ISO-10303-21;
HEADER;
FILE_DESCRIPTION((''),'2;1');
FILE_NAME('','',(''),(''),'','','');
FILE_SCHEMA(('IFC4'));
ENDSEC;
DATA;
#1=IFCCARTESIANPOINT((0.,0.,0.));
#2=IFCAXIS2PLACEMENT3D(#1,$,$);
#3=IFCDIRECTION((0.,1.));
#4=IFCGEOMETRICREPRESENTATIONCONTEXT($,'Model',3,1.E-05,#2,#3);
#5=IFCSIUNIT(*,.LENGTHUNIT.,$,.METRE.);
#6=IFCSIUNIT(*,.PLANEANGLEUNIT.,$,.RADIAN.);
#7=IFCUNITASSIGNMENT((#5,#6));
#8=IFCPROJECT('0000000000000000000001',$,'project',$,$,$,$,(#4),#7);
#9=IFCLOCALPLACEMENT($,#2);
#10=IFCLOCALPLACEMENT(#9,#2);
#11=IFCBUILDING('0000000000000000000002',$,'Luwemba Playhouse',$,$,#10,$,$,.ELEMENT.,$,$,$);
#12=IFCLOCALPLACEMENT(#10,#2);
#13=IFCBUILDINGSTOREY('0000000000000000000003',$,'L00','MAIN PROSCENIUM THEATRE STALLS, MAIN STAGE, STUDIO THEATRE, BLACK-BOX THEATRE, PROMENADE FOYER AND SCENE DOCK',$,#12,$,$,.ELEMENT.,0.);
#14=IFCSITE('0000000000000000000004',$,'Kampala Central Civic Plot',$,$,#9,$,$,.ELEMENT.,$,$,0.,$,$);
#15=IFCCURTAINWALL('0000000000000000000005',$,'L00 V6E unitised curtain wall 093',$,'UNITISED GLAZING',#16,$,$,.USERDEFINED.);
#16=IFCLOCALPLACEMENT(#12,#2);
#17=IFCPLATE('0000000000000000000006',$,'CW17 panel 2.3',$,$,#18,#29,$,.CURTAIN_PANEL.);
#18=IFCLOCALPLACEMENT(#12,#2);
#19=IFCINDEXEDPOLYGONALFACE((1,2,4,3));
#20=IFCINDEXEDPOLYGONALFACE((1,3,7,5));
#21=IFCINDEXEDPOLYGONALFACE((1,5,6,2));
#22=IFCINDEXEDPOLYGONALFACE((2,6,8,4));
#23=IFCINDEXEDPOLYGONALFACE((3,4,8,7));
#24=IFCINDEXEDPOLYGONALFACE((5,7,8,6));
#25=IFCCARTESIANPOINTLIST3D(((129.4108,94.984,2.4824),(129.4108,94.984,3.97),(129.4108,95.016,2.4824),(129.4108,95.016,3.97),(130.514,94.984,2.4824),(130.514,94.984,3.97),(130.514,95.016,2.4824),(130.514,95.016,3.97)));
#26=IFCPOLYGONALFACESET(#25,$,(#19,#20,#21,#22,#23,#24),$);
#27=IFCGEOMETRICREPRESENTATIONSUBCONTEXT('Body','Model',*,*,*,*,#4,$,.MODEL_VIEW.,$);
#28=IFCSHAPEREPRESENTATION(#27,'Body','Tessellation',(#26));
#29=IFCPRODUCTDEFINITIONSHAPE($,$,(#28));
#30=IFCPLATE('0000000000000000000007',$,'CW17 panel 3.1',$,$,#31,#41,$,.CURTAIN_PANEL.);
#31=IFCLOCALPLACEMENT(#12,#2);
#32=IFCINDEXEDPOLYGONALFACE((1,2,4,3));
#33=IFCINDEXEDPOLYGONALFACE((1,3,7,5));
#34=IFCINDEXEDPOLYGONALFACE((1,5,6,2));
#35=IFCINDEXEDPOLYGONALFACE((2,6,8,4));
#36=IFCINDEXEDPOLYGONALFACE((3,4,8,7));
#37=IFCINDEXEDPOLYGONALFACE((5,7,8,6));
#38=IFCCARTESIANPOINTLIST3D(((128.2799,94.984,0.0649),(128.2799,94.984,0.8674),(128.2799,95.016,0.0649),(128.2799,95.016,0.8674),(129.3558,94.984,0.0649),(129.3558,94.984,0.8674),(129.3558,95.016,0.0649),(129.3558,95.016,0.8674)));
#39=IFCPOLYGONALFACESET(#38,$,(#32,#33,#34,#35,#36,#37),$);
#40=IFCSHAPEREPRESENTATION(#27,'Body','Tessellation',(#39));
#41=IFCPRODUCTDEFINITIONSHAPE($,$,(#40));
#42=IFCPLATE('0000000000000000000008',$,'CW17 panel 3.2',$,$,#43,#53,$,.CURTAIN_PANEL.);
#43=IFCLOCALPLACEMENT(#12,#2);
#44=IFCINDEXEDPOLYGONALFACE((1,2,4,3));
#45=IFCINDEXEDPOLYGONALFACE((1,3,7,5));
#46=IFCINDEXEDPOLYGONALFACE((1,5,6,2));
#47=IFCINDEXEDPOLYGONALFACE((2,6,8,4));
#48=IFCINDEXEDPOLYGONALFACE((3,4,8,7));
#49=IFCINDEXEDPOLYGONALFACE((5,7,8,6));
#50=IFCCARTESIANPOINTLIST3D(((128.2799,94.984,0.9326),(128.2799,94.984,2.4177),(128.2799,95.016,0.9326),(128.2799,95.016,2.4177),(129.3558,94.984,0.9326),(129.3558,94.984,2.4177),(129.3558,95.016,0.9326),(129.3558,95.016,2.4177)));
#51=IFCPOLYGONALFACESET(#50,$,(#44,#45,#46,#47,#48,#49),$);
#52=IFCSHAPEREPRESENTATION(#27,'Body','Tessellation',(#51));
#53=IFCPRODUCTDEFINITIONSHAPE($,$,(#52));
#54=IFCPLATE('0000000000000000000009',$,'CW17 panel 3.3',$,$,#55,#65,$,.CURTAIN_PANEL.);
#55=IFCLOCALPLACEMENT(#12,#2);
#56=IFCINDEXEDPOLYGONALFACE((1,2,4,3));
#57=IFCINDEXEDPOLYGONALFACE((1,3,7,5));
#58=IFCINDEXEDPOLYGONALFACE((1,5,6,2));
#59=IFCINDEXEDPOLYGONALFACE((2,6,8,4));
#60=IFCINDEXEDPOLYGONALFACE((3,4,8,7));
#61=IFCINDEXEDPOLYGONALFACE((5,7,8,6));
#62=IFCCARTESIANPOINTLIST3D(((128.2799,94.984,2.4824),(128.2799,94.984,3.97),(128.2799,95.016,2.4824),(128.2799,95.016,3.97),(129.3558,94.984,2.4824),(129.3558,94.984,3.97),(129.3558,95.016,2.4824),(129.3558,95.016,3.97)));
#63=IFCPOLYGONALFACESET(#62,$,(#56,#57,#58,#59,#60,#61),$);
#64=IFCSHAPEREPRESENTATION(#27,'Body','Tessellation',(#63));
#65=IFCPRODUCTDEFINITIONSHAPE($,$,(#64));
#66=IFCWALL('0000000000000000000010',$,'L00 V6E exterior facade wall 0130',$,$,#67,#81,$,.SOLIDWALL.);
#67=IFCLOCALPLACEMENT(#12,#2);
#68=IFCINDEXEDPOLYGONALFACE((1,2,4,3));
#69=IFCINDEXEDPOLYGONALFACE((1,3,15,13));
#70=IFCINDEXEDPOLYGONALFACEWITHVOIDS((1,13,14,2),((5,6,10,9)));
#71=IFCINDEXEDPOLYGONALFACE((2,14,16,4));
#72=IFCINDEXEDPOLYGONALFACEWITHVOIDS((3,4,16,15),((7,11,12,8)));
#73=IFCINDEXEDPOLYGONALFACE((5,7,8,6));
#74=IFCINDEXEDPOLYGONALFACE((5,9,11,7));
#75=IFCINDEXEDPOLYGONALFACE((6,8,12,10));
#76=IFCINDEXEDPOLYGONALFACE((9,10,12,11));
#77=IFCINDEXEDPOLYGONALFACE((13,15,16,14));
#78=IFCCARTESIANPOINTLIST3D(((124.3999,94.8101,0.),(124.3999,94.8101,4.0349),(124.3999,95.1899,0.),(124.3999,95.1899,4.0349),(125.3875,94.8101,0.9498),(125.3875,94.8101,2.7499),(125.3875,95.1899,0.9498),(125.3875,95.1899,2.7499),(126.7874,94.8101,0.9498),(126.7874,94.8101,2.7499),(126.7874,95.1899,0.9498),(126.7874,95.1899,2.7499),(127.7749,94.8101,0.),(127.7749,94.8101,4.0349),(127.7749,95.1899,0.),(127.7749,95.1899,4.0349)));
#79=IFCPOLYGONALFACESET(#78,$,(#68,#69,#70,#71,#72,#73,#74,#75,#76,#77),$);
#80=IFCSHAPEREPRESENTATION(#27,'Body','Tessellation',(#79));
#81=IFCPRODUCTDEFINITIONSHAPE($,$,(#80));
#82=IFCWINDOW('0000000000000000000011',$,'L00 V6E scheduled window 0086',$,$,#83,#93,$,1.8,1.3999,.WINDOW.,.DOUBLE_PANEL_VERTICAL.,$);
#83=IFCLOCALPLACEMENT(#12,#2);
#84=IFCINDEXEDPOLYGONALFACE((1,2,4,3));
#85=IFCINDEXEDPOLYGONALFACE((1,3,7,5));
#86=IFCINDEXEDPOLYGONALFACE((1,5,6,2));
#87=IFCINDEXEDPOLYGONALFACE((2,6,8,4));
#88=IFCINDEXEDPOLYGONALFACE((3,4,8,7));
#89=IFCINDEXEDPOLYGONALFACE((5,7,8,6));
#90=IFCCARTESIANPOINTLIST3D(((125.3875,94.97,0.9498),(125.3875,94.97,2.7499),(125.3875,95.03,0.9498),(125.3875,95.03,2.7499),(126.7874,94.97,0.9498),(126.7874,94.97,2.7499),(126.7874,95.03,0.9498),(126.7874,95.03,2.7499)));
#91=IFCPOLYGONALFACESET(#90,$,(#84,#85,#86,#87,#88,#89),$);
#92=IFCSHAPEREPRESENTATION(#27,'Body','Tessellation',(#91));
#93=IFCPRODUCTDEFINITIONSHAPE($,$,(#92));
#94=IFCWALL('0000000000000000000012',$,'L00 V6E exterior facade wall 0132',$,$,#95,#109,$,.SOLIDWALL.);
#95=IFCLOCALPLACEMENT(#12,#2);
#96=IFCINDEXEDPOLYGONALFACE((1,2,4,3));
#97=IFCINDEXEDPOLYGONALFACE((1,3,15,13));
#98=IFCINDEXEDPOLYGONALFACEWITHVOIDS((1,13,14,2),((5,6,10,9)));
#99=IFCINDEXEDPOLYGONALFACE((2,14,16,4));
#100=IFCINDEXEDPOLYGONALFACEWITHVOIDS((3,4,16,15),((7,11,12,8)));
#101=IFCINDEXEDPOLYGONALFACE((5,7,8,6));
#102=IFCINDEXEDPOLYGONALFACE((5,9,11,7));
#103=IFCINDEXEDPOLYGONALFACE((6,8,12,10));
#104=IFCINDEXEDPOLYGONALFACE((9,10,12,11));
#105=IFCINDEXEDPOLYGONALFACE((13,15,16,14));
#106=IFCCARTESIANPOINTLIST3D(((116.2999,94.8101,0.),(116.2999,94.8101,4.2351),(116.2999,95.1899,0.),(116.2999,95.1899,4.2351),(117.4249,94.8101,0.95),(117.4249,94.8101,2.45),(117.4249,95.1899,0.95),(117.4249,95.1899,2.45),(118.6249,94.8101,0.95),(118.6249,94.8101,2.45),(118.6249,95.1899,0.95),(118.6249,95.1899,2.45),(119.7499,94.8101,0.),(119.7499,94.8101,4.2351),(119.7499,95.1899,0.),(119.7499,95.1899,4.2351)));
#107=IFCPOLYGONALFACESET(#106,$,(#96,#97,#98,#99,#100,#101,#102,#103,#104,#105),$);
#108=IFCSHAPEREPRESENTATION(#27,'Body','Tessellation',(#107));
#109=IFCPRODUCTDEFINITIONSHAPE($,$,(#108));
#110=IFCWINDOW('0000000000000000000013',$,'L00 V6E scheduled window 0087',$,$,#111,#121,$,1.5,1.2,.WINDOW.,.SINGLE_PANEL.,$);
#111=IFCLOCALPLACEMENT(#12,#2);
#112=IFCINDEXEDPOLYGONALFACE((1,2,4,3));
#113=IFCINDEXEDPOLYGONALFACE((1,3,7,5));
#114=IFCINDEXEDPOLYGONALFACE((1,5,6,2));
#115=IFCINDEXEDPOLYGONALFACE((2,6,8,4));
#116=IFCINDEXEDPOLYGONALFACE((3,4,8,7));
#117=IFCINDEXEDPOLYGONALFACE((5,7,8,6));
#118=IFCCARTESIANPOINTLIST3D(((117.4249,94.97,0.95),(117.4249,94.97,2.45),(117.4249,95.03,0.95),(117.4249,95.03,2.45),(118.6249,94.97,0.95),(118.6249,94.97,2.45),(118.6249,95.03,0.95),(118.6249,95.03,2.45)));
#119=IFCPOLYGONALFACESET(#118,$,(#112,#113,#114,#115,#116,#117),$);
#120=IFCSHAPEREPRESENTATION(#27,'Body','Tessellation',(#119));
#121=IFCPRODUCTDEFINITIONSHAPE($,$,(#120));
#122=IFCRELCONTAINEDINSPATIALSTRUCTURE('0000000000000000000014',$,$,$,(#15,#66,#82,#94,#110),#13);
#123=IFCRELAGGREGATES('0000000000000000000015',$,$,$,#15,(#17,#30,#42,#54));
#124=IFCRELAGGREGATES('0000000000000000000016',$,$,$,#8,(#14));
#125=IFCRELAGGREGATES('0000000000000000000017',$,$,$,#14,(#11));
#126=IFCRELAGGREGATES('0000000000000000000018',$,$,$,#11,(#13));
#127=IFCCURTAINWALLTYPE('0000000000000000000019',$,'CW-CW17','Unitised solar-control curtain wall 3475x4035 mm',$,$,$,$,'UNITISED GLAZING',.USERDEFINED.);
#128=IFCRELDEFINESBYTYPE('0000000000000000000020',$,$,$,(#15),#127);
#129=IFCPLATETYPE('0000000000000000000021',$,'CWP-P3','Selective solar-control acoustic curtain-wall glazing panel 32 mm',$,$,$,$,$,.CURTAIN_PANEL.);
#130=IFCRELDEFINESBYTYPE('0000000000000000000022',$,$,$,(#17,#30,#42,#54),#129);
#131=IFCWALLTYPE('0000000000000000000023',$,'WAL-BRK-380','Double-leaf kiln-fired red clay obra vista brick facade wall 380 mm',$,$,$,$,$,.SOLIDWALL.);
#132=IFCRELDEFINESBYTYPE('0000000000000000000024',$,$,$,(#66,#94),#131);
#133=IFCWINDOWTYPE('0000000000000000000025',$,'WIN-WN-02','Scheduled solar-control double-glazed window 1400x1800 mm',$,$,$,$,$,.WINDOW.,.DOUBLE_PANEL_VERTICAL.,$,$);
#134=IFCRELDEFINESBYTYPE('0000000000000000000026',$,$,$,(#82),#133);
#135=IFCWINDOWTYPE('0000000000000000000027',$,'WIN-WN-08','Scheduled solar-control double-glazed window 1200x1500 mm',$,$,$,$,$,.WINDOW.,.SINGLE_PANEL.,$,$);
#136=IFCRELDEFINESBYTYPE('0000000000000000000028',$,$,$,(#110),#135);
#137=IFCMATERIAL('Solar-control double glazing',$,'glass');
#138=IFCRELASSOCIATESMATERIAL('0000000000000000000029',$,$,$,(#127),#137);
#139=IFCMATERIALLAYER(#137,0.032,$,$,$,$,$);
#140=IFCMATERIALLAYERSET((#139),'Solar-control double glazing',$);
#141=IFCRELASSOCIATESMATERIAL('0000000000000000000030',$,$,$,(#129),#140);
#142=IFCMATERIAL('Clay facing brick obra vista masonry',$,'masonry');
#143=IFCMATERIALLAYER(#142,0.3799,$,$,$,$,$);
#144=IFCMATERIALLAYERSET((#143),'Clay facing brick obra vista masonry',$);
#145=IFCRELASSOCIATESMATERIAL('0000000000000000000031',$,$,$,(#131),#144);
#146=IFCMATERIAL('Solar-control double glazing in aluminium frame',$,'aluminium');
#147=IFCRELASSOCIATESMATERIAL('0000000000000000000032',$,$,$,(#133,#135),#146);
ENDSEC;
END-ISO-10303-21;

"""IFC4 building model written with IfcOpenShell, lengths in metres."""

from ifc_helpers import new_model, si_unit, direction, frame, frame_2d, origin, origin_2d, place, context, subcontext, project, spatial, rectangle, extrude, material, layer, layer_set, type_object, element, fill, aggregate, save


model = new_model("IFC4")

# Units and contexts
model_context = context("Model", 3, precision=1e-05, world=origin(), true_north=direction((0.0, 1.0)))
body_context = subcontext(model_context, "Body", "Model", "MODEL_VIEW")
ifc_project = project(units=[si_unit("LENGTHUNIT", "METRE"), si_unit("PLANEANGLEUNIT", "RADIAN")], contexts=[model_context])

# Site, building, storey
site_placement = place(None, origin())
site = spatial("IfcSite", under=ifc_project, at=site_placement, Name="Kampala Central Civic Plot", CompositionType="ELEMENT", RefElevation=0.0)
building_placement = place(site_placement, origin())
building = spatial("IfcBuilding", under=site, at=building_placement, Name="Luwemba Playhouse", CompositionType="ELEMENT")
storey_placement = place(building_placement, origin())
storey = spatial("IfcBuildingStorey", under=building, at=storey_placement, Name="L00", Description="MAIN PROSCENIUM THEATRE STALLS, MAIN STAGE, STUDIO THEATRE, BLACK-BOX THEATRE, PROMENADE FOYER AND SCENE DOCK", CompositionType="ELEMENT", Elevation=0.0)

# Curtain wall, plates
ifc_material_1 = material(Name="Solar-control double glazing", Category="glass")
curtain_wall_type = type_object("IfcCurtainWallType", Name="CW-CW17", Description="Unitised solar-control curtain wall 3475x4035 mm", ElementType="UNITISED GLAZING", PredefinedType="USERDEFINED", material=ifc_material_1)
curtain_wall_placement = place(storey_placement, origin())
curtain_wall = element("IfcCurtainWall", 1, at=curtain_wall_placement, inside=storey, type_object=curtain_wall_type, Name="L00 V6E unitised curtain wall 093", ObjectType="UNITISED GLAZING", PredefinedType="USERDEFINED")
ifc_layer_1 = layer(ifc_material_1, 0.032)
ifc_layer_set_1 = layer_set([ifc_layer_1], Name="Solar-control double glazing")
plate_type = type_object("IfcPlateType", Name="CWP-P3", Description="Selective solar-control acoustic curtain-wall glazing panel 32 mm", PredefinedType="CURTAIN_PANEL", material=ifc_layer_set_1)
plate_1_placement = place(storey_placement, frame((129.9624, 95.0, 2.4824), z_axis=(0.0, 0.0, 1.0), x_axis=(-1.0, 0.0, 0.0)))
plate_1 = element("IfcPlate", 2, at=plate_1_placement, type_object=plate_type, Name="CW17 panel 2.3", PredefinedType="CURTAIN_PANEL", context=body_context, shape_type="SweptSolid", body=[
    extrude(rectangle(XDim=1.1033, YDim=0.032, at=origin_2d()), origin(), (0.0, 0.0, 1.0), 1.4875),
])
plate_2_placement = place(storey_placement, frame((128.8179, 95.0, 0.0649), z_axis=(0.0, 0.0, 1.0), x_axis=(-1.0, 0.0, 0.0)))
plate_2 = element("IfcPlate", 3, at=plate_2_placement, type_object=plate_type, Name="CW17 panel 3.1", PredefinedType="CURTAIN_PANEL", context=body_context, shape_type="SweptSolid", body=[
    extrude(rectangle(XDim=1.0759, YDim=0.032, at=origin_2d()), origin(), (0.0, 0.0, 1.0), 0.8025),
])
plate_3_placement = place(storey_placement, frame((128.8179, 95.0, 0.9326), z_axis=(0.0, 0.0, 1.0), x_axis=(-1.0, 0.0, 0.0)))
plate_3 = element("IfcPlate", 4, at=plate_3_placement, type_object=plate_type, Name="CW17 panel 3.2", PredefinedType="CURTAIN_PANEL", context=body_context, shape_type="SweptSolid", body=[
    extrude(rectangle(XDim=1.0759, YDim=0.032, at=origin_2d()), origin(), (0.0, 0.0, 1.0), 1.4851),
])
plate_4_placement = place(storey_placement, frame((128.8179, 95.0, 2.4824), z_axis=(0.0, 0.0, 1.0), x_axis=(-1.0, 0.0, 0.0)))
plate_4 = element("IfcPlate", 5, at=plate_4_placement, type_object=plate_type, Name="CW17 panel 3.3", PredefinedType="CURTAIN_PANEL", context=body_context, shape_type="SweptSolid", body=[
    extrude(rectangle(XDim=1.0759, YDim=0.032, at=origin_2d()), origin(), (0.0, 0.0, 1.0), 1.4875),
])
aggregate(curtain_wall, [plate_1, plate_2, plate_3, plate_4])

# Wall, opening, window
ifc_material_2 = material(Name="Clay facing brick obra vista masonry", Category="masonry")
ifc_layer_2 = layer(ifc_material_2, 0.3799)
ifc_layer_set_2 = layer_set([ifc_layer_2], Name="Clay facing brick obra vista masonry")
wall_type = type_object("IfcWallType", Name="WAL-BRK-380", Description="Double-leaf kiln-fired red clay obra vista brick facade wall 380 mm", PredefinedType="SOLIDWALL", material=ifc_layer_set_2)
wall_1_placement = place(storey_placement, frame((127.7749, 95.0, 0.0), z_axis=(0.0, 0.0, 1.0), x_axis=(-1.0, 0.0, 0.0)))
wall_1 = element("IfcWall", 6, at=wall_1_placement, inside=storey, type_object=wall_type, Name="L00 V6E exterior facade wall 0130", PredefinedType="SOLIDWALL", context=body_context, shape_type="SweptSolid", body=[
    extrude(rectangle(XDim=3.375, YDim=0.3799, at=frame_2d((1.6875, 0.0))), origin(), (0.0, 0.0, 1.0), 4.0349),
])
opening_1_placement = place(wall_1_placement, frame((0.9875, 0.0, 0.95)))
opening_1 = element("IfcOpeningElement", 7, at=opening_1_placement, cuts=wall_1, PredefinedType="OPENING", context=body_context, shape_type="SweptSolid", body=[
    extrude(rectangle(XDim=1.3999, YDim=1.8, at=frame_2d((0.7, 0.8999))), frame((0.0, 0.2, 0.0), z_axis=(0.0, -1.0, 0.0), x_axis=(1.0, 0.0, 0.0)), (0.0, 0.0, 1.0), 0.3999),
])
ifc_material_3 = material(Name="Solar-control double glazing in aluminium frame", Category="aluminium")
window_type_1 = type_object("IfcWindowType", Name="WIN-WN-02", Description="Scheduled solar-control double-glazed window 1400x1800 mm", PartitioningType="DOUBLE_PANEL_VERTICAL", PredefinedType="WINDOW", material=ifc_material_3)
window_1_placement = place(opening_1_placement, origin())
window_1 = element("IfcWindow", 8, at=window_1_placement, inside=storey, type_object=window_type_1, Name="L00 V6E scheduled window 0086", OverallHeight=1.8, OverallWidth=1.3999, PartitioningType="DOUBLE_PANEL_VERTICAL", PredefinedType="WINDOW", context=body_context, shape_type="SweptSolid", body=[
    extrude(rectangle(XDim=1.3999, YDim=1.8, at=frame_2d((0.7, 0.8999))), frame((0.0, 0.03, 0.0), z_axis=(0.0, -1.0, 0.0), x_axis=(1.0, 0.0, 0.0)), (0.0, 0.0, 1.0), 0.0601),
])
fill(opening_1, window_1)

# Wall, opening, window
wall_2_placement = place(storey_placement, frame((119.75, 95.0, 0.0), z_axis=(0.0, 0.0, 1.0), x_axis=(-1.0, 0.0, 0.0)))
wall_2 = element("IfcWall", 9, at=wall_2_placement, inside=storey, type_object=wall_type, Name="L00 V6E exterior facade wall 0132", PredefinedType="SOLIDWALL", context=body_context, shape_type="SweptSolid", body=[
    extrude(rectangle(XDim=3.45, YDim=0.3799, at=frame_2d((1.7251, 0.0))), origin(), (0.0, 0.0, 1.0), 4.2351),
])
opening_2_placement = place(wall_2_placement, frame((1.125, 0.0, 0.95)))
opening_2 = element("IfcOpeningElement", 10, at=opening_2_placement, cuts=wall_2, PredefinedType="OPENING", context=body_context, shape_type="SweptSolid", body=[
    extrude(rectangle(XDim=1.2, YDim=1.5, at=frame_2d((0.6001, 0.75))), frame((0.0, 0.2, 0.0), z_axis=(0.0, -1.0, 0.0), x_axis=(1.0, 0.0, 0.0)), (0.0, 0.0, 1.0), 0.3999),
])
window_type_2 = type_object("IfcWindowType", Name="WIN-WN-08", Description="Scheduled solar-control double-glazed window 1200x1500 mm", PartitioningType="SINGLE_PANEL", PredefinedType="WINDOW", material=ifc_material_3)
window_2_placement = place(opening_2_placement, origin())
window_2 = element("IfcWindow", 11, at=window_2_placement, inside=storey, type_object=window_type_2, Name="L00 V6E scheduled window 0087", OverallHeight=1.5, OverallWidth=1.2, PartitioningType="SINGLE_PANEL", PredefinedType="WINDOW", context=body_context, shape_type="SweptSolid", body=[
    extrude(rectangle(XDim=1.2, YDim=1.5, at=frame_2d((0.6001, 0.75))), frame((0.0, 0.03, 0.0), z_axis=(0.0, -1.0, 0.0), x_axis=(1.0, 0.0, 0.0)), (0.0, 0.0, 1.0), 0.0601),
])
fill(opening_2, window_2)

save(model, "model.ifc")
